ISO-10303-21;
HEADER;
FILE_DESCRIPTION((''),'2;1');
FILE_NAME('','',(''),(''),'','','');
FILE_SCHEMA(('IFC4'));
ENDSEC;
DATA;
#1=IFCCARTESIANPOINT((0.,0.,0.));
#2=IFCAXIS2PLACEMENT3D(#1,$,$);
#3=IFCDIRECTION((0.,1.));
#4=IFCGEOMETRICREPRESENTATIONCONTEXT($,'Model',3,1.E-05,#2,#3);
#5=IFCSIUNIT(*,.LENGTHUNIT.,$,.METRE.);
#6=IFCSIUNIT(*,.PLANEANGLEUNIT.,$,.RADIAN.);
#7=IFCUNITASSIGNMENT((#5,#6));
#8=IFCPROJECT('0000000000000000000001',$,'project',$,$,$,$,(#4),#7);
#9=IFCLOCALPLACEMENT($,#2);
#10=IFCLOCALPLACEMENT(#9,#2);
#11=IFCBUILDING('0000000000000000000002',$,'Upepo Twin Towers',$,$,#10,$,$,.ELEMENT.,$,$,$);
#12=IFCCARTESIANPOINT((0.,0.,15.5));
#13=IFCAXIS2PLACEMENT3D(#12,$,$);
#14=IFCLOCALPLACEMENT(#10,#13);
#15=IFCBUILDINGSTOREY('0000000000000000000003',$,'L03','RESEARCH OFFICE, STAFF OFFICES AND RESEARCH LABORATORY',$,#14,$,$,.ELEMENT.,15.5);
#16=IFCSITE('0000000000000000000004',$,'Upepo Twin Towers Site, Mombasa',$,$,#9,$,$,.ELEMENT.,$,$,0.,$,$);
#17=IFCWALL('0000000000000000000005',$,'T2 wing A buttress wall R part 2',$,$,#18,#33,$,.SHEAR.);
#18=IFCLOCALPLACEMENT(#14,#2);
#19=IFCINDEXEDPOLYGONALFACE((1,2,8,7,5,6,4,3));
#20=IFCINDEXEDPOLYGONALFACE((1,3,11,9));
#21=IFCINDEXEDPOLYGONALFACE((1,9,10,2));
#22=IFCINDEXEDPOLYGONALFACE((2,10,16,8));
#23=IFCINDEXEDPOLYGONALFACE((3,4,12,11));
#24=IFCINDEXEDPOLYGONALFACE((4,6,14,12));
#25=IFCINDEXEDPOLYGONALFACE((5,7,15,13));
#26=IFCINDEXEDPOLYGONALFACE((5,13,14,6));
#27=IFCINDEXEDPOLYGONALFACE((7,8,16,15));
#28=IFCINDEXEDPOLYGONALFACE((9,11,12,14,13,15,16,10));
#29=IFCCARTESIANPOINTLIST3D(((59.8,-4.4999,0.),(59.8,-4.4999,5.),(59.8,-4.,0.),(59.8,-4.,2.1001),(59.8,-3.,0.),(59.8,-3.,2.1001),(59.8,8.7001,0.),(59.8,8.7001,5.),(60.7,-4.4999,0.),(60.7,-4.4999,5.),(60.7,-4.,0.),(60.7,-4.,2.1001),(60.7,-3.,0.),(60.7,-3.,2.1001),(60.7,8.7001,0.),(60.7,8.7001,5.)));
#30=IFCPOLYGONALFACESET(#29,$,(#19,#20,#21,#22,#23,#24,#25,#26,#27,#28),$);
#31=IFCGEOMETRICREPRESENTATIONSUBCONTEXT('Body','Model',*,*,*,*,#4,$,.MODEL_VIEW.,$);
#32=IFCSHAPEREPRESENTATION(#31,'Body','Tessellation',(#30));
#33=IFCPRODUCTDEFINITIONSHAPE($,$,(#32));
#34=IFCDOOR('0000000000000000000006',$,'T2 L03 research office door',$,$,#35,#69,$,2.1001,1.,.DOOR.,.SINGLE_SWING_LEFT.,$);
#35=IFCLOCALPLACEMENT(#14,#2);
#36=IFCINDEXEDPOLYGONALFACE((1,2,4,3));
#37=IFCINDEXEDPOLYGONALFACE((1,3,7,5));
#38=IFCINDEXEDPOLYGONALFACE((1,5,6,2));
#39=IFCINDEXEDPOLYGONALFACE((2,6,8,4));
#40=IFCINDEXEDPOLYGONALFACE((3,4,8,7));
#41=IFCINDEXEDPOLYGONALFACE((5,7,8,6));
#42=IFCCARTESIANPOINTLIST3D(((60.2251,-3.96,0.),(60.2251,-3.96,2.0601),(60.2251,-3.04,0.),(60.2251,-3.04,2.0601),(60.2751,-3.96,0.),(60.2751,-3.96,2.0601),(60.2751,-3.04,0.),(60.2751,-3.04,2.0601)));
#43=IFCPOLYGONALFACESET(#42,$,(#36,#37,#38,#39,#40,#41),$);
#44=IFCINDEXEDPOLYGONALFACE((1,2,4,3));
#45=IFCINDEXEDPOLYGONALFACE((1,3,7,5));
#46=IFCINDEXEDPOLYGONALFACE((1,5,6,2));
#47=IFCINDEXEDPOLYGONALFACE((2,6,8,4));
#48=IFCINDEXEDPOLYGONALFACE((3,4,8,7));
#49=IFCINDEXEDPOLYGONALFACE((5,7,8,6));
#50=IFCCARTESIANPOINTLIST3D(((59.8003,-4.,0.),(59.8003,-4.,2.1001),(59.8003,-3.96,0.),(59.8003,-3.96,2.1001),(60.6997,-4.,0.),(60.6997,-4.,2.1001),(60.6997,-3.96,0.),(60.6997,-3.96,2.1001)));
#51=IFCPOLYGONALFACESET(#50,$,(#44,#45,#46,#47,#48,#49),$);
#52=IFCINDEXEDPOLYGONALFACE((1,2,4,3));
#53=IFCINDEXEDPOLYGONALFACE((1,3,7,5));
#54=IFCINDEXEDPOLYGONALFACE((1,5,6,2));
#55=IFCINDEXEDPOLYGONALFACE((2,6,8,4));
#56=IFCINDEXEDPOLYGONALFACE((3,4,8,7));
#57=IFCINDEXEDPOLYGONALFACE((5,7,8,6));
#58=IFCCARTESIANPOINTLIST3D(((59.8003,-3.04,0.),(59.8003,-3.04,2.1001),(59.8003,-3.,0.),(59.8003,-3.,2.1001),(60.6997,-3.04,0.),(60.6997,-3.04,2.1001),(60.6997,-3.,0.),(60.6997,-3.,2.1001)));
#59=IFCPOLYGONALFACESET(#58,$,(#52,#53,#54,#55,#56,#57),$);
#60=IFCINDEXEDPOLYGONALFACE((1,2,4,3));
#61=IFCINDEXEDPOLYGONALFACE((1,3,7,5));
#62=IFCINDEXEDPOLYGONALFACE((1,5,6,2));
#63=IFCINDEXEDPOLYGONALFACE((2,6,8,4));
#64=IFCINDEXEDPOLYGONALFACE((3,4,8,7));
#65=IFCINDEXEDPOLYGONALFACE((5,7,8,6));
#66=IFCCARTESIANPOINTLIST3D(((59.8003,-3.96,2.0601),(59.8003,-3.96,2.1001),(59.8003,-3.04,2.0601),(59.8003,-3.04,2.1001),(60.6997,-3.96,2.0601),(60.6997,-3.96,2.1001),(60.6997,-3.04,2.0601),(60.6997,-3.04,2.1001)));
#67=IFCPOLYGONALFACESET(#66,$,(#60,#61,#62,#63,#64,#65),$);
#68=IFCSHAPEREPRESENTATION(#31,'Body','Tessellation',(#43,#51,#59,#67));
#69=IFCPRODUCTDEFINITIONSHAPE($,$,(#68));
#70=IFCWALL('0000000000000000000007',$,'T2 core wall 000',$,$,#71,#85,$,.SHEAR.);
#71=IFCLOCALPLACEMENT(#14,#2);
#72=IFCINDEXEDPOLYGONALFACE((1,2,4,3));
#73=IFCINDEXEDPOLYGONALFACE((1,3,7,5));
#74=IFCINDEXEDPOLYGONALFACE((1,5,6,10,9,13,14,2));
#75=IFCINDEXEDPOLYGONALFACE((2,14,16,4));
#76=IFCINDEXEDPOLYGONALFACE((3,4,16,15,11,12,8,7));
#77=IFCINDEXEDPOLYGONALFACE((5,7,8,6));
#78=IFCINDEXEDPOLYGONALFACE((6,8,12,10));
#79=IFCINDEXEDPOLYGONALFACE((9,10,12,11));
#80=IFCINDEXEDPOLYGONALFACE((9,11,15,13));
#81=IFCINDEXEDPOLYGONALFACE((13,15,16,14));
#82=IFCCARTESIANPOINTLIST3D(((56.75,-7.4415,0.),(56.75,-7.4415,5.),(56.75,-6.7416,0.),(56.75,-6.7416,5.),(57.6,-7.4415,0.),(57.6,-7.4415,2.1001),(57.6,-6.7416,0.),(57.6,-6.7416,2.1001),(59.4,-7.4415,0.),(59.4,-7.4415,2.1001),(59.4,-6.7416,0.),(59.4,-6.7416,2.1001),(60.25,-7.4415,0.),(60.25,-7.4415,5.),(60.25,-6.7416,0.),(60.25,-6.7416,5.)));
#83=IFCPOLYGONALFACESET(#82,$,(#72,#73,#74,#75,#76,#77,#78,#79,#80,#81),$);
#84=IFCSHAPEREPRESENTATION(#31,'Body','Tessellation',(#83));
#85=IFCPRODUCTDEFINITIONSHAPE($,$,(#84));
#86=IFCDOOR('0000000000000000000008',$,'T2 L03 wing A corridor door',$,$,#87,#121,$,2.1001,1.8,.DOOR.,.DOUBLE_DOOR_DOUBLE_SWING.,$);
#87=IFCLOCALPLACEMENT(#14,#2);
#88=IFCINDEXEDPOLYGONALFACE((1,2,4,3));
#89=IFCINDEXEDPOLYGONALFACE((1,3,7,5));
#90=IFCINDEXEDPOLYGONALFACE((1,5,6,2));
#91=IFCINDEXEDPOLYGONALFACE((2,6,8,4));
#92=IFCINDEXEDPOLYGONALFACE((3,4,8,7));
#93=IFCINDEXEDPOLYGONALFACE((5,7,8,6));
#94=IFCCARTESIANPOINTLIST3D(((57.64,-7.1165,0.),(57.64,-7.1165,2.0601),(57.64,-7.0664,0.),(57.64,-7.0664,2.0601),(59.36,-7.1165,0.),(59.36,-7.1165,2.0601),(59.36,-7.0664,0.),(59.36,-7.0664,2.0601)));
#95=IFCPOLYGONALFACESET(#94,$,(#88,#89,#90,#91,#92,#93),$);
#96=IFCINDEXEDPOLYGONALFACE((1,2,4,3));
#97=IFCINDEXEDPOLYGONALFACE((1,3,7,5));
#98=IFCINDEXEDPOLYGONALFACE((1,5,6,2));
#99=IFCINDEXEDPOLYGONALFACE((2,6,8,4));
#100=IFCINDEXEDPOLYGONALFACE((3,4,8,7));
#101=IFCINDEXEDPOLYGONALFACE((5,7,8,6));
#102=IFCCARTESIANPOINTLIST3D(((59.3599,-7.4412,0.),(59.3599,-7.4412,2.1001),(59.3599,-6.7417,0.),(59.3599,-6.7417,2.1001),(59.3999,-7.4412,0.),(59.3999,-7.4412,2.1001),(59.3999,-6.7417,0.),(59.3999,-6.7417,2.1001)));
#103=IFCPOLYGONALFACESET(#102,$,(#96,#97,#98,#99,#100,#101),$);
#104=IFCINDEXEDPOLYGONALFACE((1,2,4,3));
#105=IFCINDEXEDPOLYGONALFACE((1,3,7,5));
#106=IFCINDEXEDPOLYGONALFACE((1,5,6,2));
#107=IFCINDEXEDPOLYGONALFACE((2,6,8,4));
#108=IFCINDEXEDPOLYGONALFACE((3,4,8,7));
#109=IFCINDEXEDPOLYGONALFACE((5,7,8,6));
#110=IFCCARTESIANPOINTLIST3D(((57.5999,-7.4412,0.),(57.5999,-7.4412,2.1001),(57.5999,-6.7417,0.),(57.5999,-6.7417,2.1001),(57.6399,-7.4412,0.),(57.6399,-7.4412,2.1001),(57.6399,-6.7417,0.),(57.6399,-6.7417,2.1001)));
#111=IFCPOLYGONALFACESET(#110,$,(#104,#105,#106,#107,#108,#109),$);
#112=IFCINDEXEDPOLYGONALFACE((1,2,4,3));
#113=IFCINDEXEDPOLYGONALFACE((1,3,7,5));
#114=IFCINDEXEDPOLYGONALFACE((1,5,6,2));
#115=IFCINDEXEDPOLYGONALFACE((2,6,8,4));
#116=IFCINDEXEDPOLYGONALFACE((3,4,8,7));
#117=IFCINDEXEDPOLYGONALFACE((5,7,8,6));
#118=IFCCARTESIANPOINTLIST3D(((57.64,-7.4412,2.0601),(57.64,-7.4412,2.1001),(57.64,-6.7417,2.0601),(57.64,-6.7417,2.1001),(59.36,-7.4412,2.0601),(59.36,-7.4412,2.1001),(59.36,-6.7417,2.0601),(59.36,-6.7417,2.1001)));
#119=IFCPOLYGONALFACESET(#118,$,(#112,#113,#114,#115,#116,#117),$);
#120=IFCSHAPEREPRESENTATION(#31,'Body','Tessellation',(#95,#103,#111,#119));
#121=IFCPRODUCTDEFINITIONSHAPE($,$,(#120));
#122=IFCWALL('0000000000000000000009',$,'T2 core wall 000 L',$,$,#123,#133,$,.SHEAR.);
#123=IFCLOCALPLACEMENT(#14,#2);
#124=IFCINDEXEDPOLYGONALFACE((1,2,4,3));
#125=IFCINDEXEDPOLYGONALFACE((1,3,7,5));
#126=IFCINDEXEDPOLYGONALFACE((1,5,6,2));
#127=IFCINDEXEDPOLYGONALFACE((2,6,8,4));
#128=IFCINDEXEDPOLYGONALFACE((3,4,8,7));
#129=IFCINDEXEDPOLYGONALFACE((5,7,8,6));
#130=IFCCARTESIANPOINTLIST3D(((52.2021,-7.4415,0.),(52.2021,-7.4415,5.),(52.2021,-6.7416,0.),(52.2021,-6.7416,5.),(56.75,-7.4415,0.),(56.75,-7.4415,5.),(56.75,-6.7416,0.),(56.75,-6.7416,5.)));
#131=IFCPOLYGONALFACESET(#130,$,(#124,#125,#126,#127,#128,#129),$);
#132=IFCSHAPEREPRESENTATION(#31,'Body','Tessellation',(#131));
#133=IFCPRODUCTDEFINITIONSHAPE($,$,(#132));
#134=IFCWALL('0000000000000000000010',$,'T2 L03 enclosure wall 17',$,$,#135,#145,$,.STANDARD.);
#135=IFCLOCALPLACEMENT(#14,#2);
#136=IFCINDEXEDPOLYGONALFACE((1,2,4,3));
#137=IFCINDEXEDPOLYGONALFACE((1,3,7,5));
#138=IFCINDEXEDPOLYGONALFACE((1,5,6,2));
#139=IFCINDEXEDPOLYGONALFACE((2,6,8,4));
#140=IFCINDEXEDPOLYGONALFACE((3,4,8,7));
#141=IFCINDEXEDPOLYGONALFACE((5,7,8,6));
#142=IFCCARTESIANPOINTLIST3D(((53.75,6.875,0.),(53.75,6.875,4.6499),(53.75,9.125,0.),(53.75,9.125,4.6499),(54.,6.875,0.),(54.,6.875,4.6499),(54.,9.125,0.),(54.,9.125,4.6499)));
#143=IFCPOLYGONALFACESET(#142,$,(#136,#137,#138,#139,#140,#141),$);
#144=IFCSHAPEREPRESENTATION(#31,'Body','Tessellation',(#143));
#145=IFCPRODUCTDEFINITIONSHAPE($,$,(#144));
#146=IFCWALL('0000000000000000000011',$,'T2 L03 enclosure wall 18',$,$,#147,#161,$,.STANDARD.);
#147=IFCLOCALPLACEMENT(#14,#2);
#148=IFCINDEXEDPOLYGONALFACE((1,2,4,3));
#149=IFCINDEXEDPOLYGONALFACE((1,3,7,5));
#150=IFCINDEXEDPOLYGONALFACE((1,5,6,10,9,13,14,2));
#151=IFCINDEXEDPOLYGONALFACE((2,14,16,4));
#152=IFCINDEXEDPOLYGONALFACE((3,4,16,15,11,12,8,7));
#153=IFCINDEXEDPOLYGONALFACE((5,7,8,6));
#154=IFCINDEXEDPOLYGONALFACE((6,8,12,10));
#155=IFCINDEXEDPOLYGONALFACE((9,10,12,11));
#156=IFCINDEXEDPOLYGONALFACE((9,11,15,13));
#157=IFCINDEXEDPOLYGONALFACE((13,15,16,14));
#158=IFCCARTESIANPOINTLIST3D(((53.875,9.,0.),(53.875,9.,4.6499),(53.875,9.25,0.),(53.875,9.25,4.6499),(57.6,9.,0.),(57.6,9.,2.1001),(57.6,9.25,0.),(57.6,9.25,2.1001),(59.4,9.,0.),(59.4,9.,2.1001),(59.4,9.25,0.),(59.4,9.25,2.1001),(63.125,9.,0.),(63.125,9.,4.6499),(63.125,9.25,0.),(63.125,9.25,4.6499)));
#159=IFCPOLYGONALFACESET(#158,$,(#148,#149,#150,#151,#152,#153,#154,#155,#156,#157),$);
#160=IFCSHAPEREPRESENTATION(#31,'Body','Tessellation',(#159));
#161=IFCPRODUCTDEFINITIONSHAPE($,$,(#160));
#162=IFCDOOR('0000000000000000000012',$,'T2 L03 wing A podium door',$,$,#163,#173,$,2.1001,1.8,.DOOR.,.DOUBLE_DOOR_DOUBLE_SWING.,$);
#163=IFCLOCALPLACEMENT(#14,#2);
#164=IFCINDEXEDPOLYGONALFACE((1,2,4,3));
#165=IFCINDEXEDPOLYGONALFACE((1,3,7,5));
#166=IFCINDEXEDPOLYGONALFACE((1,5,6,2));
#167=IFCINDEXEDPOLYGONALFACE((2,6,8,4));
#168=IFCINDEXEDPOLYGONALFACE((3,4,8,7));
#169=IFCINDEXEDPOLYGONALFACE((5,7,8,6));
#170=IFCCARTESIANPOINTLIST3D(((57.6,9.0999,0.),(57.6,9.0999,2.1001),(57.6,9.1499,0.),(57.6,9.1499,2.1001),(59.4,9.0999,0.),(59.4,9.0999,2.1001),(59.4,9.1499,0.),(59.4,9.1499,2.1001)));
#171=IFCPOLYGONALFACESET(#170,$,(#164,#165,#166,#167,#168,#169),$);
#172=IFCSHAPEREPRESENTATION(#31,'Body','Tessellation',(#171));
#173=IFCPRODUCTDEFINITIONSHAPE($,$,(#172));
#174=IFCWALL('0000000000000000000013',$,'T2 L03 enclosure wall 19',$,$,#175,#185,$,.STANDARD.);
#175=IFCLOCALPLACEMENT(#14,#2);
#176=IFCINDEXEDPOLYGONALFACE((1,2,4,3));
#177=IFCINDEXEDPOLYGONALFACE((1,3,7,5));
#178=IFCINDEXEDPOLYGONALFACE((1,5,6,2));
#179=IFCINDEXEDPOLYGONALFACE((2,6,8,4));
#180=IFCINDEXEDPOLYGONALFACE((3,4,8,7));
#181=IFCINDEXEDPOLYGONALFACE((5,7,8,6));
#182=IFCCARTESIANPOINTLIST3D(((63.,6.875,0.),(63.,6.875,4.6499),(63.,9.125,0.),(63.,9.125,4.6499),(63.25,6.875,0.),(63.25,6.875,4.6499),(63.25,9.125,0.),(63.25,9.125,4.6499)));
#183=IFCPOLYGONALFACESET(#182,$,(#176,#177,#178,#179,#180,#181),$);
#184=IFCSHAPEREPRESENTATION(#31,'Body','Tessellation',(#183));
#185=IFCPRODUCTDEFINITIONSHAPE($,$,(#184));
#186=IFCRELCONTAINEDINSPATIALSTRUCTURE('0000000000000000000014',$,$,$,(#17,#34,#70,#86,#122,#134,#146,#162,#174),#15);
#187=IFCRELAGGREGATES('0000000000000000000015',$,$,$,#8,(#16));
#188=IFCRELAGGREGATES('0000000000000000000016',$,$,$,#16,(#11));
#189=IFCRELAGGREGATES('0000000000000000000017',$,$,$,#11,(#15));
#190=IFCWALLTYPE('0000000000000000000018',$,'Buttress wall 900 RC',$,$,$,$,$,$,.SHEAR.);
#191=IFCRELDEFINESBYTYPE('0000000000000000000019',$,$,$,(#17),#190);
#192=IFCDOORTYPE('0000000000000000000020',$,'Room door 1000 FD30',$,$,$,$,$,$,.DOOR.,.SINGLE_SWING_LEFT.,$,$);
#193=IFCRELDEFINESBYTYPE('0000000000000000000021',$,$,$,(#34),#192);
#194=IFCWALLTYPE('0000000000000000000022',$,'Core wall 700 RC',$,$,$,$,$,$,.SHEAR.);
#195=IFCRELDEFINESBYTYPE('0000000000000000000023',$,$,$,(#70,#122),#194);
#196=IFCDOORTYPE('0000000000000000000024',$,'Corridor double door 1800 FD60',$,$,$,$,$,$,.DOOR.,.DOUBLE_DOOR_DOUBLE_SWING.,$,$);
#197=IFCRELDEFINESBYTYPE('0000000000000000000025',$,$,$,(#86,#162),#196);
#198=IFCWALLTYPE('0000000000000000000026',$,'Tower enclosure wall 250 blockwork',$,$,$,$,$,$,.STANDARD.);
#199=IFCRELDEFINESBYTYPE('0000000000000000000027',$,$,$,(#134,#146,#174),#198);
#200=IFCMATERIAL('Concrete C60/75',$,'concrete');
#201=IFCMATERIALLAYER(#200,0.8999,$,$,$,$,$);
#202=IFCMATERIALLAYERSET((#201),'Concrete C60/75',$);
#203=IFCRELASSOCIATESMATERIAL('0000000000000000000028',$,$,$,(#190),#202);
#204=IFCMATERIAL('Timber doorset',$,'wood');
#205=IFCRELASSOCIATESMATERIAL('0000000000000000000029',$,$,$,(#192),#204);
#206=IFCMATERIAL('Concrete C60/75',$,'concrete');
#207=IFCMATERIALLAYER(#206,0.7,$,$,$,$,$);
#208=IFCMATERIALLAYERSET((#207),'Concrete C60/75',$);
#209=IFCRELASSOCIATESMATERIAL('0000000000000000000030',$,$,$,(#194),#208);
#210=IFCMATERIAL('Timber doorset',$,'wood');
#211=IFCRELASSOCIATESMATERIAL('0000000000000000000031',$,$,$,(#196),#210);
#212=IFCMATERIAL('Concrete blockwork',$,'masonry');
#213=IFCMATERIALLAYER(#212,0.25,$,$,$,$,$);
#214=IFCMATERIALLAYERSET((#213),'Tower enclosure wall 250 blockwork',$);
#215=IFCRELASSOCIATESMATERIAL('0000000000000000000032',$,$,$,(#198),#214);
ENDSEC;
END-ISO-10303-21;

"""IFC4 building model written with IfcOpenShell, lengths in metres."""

from ifc_helpers import new_model, si_unit, direction, frame, frame_2d, origin, place, context, subcontext, project, spatial, rectangle, extrude, material, layer, layer_set, type_object, element, fill, save


model = new_model("IFC4")

# Units and contexts
model_context = context("Model", 3, precision=1e-05, world=origin(), true_north=direction((0.0, 1.0)))
body_context = subcontext(model_context, "Body", "Model", "MODEL_VIEW")
ifc_project = project(units=[si_unit("LENGTHUNIT", "METRE"), si_unit("PLANEANGLEUNIT", "RADIAN")], contexts=[model_context])

# Site, building, storey
site_placement = place(None, origin())
site = spatial("IfcSite", under=ifc_project, at=site_placement, Name="Upepo Twin Towers Site, Mombasa", CompositionType="ELEMENT", RefElevation=0.0)
building_placement = place(site_placement, origin())
building = spatial("IfcBuilding", under=site, at=building_placement, Name="Upepo Twin Towers", CompositionType="ELEMENT")
storey_placement = place(building_placement, frame((0.0, 0.0, 15.5)))
storey = spatial("IfcBuildingStorey", under=building, at=storey_placement, Name="L03", Description="RESEARCH OFFICE, STAFF OFFICES AND RESEARCH LABORATORY", CompositionType="ELEMENT", Elevation=15.5)

# Walls, openings, doors
ifc_material_1 = material(Name="Concrete C60/75", Category="concrete")
ifc_layer_1 = layer(ifc_material_1, 0.8999)
ifc_layer_set_1 = layer_set([ifc_layer_1], Name="Concrete C60/75")
wall_type_1 = type_object("IfcWallType", Name="Buttress wall 900 RC", PredefinedType="SHEAR", material=ifc_layer_set_1)
ifc_material_2 = material(Name="Timber doorset", Category="wood")
door_type_1 = type_object("IfcDoorType", Name="Room door 1000 FD30", OperationType="SINGLE_SWING_LEFT", PredefinedType="DOOR", material=ifc_material_2)
wall_1_placement = place(storey_placement, frame((60.25, -4.5, 0.0), z_axis=(0.0, 0.0, 1.0), x_axis=(0.0, 1.0, 0.0)))
wall_1 = element("IfcWall", 1, at=wall_1_placement, inside=storey, type_object=wall_type_1, Name="T2 wing A buttress wall R part 2", PredefinedType="SHEAR", context=body_context, shape_type="SweptSolid", body=[
    extrude(rectangle(XDim=13.2, YDim=0.8999, at=frame_2d((6.6001, 0.0))), origin(), (0.0, 0.0, 1.0), 5.0),
])
opening_1_placement = place(wall_1_placement, frame((0.5, 0.0, 0.0)))
opening_1 = element("IfcOpeningElement", 2, at=opening_1_placement, cuts=wall_1, PredefinedType="OPENING", context=body_context, shape_type="SweptSolid", body=[
    extrude(rectangle(XDim=1.0, YDim=2.1001, at=frame_2d((0.5, 1.05))), frame((0.0, 0.46, 0.0), z_axis=(0.0, -1.0, 0.0), x_axis=(1.0, 0.0, 0.0)), (0.0, 0.0, 1.0), 0.9199),
])
door_1_placement = place(opening_1_placement, origin())
door_1 = element("IfcDoor", 3, at=door_1_placement, inside=storey, type_object=door_type_1, Name="T2 L03 research office door", OperationType="SINGLE_SWING_LEFT", OverallHeight=2.1001, OverallWidth=1.0, PredefinedType="DOOR", context=body_context, shape_type="SweptSolid", body=[
    extrude(rectangle(XDim=0.92, YDim=2.0601, at=frame_2d((0.5, 1.03))), frame((0.0, 0.0249, 0.0), z_axis=(0.0, -1.0, 0.0), x_axis=(1.0, 0.0, 0.0)), (0.0, 0.0, 1.0), 0.05),
    extrude(rectangle(XDim=0.04, YDim=2.1001, at=frame_2d((0.02, 1.05))), frame((0.0, 0.4497, 0.0), z_axis=(0.0, -1.0, 0.0), x_axis=(1.0, 0.0, 0.0)), (0.0, 0.0, 1.0), 0.8994),
    extrude(rectangle(XDim=0.04, YDim=2.1001, at=frame_2d((0.98, 1.05))), frame((0.0, 0.4497, 0.0), z_axis=(0.0, -1.0, 0.0), x_axis=(1.0, 0.0, 0.0)), (0.0, 0.0, 1.0), 0.8994),
    extrude(rectangle(XDim=0.92, YDim=0.04, at=frame_2d((0.5, 2.0801))), frame((0.0, 0.4497, 0.0), z_axis=(0.0, -1.0, 0.0), x_axis=(1.0, 0.0, 0.0)), (0.0, 0.0, 1.0), 0.8994),
])
fill(opening_1, door_1)
ifc_material_3 = material(Name="Concrete C60/75", Category="concrete")
ifc_layer_2 = layer(ifc_material_3, 0.7)
ifc_layer_set_2 = layer_set([ifc_layer_2], Name="Concrete C60/75")
wall_type_2 = type_object("IfcWallType", Name="Core wall 700 RC", PredefinedType="SHEAR", material=ifc_layer_set_2)
wall_2_placement = place(storey_placement, frame((60.25, -7.0916, 0.0), z_axis=(0.0, 0.0, 1.0), x_axis=(-1.0, 0.0, 0.0)))
wall_2 = element("IfcWall", 4, at=wall_2_placement, inside=storey, type_object=wall_type_2, Name="T2 core wall 000", PredefinedType="SHEAR", context=body_context, shape_type="SweptSolid", body=[
    extrude(rectangle(XDim=3.5, YDim=0.7, at=frame_2d((1.75, 0.0))), origin(), (0.0, 0.0, 1.0), 5.0),
])
opening_2_placement = place(wall_2_placement, frame((0.8501, 0.0, 0.0)))
opening_2 = element("IfcOpeningElement", 5, at=opening_2_placement, cuts=wall_2, PredefinedType="OPENING", context=body_context, shape_type="SweptSolid", body=[
    extrude(rectangle(XDim=1.8, YDim=2.1001, at=frame_2d((0.8999, 1.05))), frame((0.0, 0.3599, 0.0), z_axis=(0.0, -1.0, 0.0), x_axis=(1.0, 0.0, 0.0)), (0.0, 0.0, 1.0), 0.72),
])
ifc_material_4 = material(Name="Timber doorset", Category="wood")
door_type_2 = type_object("IfcDoorType", Name="Corridor double door 1800 FD60", OperationType="DOUBLE_DOOR_DOUBLE_SWING", PredefinedType="DOOR", material=ifc_material_4)
door_2_placement = place(opening_2_placement, origin())
door_2 = element("IfcDoor", 6, at=door_2_placement, inside=storey, type_object=door_type_2, Name="T2 L03 wing A corridor door", OperationType="DOUBLE_DOOR_DOUBLE_SWING", OverallHeight=2.1001, OverallWidth=1.8, PredefinedType="DOOR", context=body_context, shape_type="SweptSolid", body=[
    extrude(rectangle(XDim=1.72, YDim=2.0601, at=frame_2d((0.8999, 1.03))), frame((0.0, 0.0249, 0.0), z_axis=(0.0, -1.0, 0.0), x_axis=(1.0, 0.0, 0.0)), (0.0, 0.0, 1.0), 0.05),
    extrude(rectangle(XDim=0.04, YDim=2.1001, at=frame_2d((0.02, 1.05))), frame((0.0, 0.3496, 0.0), z_axis=(0.0, -1.0, 0.0), x_axis=(1.0, 0.0, 0.0)), (0.0, 0.0, 1.0), 0.6995),
    extrude(rectangle(XDim=0.04, YDim=2.1001, at=frame_2d((1.78, 1.05))), frame((0.0, 0.3496, 0.0), z_axis=(0.0, -1.0, 0.0), x_axis=(1.0, 0.0, 0.0)), (0.0, 0.0, 1.0), 0.6995),
    extrude(rectangle(XDim=1.72, YDim=0.04, at=frame_2d((0.8999, 2.0801))), frame((0.0, 0.3496, 0.0), z_axis=(0.0, -1.0, 0.0), x_axis=(1.0, 0.0, 0.0)), (0.0, 0.0, 1.0), 0.6995),
])
fill(opening_2, door_2)

# Walls
wall_3_placement = place(storey_placement, frame((56.75, -7.0916, 0.0), z_axis=(0.0, 0.0, 1.0), x_axis=(-1.0, 0.0, 0.0)))
element("IfcWall", 7, at=wall_3_placement, inside=storey, type_object=wall_type_2, Name="T2 core wall 000 L", PredefinedType="SHEAR", context=body_context, shape_type="SweptSolid", body=[
    extrude(rectangle(XDim=4.5479, YDim=0.7, at=frame_2d((2.2739, 0.0))), origin(), (0.0, 0.0, 1.0), 5.0),
])
ifc_material_5 = material(Name="Concrete blockwork", Category="masonry")
ifc_layer_3 = layer(ifc_material_5, 0.25)
ifc_layer_set_3 = layer_set([ifc_layer_3], Name="Tower enclosure wall 250 blockwork")
wall_type_3 = type_object("IfcWallType", Name="Tower enclosure wall 250 blockwork", PredefinedType="STANDARD", material=ifc_layer_set_3)
wall_4_placement = place(storey_placement, frame((53.875, 6.875, 0.0), z_axis=(0.0, 0.0, 1.0), x_axis=(0.0, 1.0, 0.0)))
element("IfcWall", 8, at=wall_4_placement, inside=storey, type_object=wall_type_3, Name="T2 L03 enclosure wall 17", PredefinedType="STANDARD", context=body_context, shape_type="SweptSolid", body=[
    extrude(rectangle(XDim=2.25, YDim=0.25, at=frame_2d((1.125, 0.0))), origin(), (0.0, 0.0, 1.0), 4.6499),
])

# Wall, opening, door
wall_5_placement = place(storey_placement, frame((53.875, 9.125, 0.0), z_axis=(0.0, 0.0, 1.0), x_axis=(1.0, 0.0, 0.0)))
wall_5 = element("IfcWall", 9, at=wall_5_placement, inside=storey, type_object=wall_type_3, Name="T2 L03 enclosure wall 18", PredefinedType="STANDARD", context=body_context, shape_type="SweptSolid", body=[
    extrude(rectangle(XDim=9.25, YDim=0.25, at=frame_2d((4.625, 0.0))), origin(), (0.0, 0.0, 1.0), 4.6499),
])
opening_3_placement = place(wall_5_placement, frame((3.7251, 0.0, 0.0)))
opening_3 = element("IfcOpeningElement", 10, at=opening_3_placement, cuts=wall_5, PredefinedType="OPENING", context=body_context, shape_type="SweptSolid", body=[
    extrude(rectangle(XDim=1.8, YDim=2.1001, at=frame_2d((0.8999, 1.05))), frame((0.0, 0.135, 0.0), z_axis=(0.0, -1.0, 0.0), x_axis=(1.0, 0.0, 0.0)), (0.0, 0.0, 1.0), 0.27),
])
door_3_placement = place(opening_3_placement, origin())
door_3 = element("IfcDoor", 11, at=door_3_placement, inside=storey, type_object=door_type_2, Name="T2 L03 wing A podium door", OperationType="DOUBLE_DOOR_DOUBLE_SWING", OverallHeight=2.1001, OverallWidth=1.8, PredefinedType="DOOR", context=body_context, shape_type="SweptSolid", body=[
    extrude(rectangle(XDim=1.8, YDim=2.1001, at=frame_2d((0.8999, 1.05))), frame((0.0, 0.0249, 0.0), z_axis=(0.0, -1.0, 0.0), x_axis=(1.0, 0.0, 0.0)), (0.0, 0.0, 1.0), 0.05),
])
fill(opening_3, door_3)

# Wall
for number, where, z_axis, x_axis, name in (
    (12, (63.125, 9.125, 0.0), (0.0, 0.0, 1.0), (0.0, -1.0, 0.0), "T2 L03 enclosure wall 19"),
):
    element("IfcWall", number, at=place(storey_placement, frame(where, z_axis=z_axis, x_axis=x_axis)), inside=storey, type_object=wall_type_3, Name=name, PredefinedType="STANDARD", context=body_context, shape_type="SweptSolid", body=[
        extrude(rectangle(XDim=2.25, YDim=0.25, at=frame_2d((1.125, 0.0))), origin(), (0.0, 0.0, 1.0), 4.6499),
    ])

save(model, "model.ifc")
